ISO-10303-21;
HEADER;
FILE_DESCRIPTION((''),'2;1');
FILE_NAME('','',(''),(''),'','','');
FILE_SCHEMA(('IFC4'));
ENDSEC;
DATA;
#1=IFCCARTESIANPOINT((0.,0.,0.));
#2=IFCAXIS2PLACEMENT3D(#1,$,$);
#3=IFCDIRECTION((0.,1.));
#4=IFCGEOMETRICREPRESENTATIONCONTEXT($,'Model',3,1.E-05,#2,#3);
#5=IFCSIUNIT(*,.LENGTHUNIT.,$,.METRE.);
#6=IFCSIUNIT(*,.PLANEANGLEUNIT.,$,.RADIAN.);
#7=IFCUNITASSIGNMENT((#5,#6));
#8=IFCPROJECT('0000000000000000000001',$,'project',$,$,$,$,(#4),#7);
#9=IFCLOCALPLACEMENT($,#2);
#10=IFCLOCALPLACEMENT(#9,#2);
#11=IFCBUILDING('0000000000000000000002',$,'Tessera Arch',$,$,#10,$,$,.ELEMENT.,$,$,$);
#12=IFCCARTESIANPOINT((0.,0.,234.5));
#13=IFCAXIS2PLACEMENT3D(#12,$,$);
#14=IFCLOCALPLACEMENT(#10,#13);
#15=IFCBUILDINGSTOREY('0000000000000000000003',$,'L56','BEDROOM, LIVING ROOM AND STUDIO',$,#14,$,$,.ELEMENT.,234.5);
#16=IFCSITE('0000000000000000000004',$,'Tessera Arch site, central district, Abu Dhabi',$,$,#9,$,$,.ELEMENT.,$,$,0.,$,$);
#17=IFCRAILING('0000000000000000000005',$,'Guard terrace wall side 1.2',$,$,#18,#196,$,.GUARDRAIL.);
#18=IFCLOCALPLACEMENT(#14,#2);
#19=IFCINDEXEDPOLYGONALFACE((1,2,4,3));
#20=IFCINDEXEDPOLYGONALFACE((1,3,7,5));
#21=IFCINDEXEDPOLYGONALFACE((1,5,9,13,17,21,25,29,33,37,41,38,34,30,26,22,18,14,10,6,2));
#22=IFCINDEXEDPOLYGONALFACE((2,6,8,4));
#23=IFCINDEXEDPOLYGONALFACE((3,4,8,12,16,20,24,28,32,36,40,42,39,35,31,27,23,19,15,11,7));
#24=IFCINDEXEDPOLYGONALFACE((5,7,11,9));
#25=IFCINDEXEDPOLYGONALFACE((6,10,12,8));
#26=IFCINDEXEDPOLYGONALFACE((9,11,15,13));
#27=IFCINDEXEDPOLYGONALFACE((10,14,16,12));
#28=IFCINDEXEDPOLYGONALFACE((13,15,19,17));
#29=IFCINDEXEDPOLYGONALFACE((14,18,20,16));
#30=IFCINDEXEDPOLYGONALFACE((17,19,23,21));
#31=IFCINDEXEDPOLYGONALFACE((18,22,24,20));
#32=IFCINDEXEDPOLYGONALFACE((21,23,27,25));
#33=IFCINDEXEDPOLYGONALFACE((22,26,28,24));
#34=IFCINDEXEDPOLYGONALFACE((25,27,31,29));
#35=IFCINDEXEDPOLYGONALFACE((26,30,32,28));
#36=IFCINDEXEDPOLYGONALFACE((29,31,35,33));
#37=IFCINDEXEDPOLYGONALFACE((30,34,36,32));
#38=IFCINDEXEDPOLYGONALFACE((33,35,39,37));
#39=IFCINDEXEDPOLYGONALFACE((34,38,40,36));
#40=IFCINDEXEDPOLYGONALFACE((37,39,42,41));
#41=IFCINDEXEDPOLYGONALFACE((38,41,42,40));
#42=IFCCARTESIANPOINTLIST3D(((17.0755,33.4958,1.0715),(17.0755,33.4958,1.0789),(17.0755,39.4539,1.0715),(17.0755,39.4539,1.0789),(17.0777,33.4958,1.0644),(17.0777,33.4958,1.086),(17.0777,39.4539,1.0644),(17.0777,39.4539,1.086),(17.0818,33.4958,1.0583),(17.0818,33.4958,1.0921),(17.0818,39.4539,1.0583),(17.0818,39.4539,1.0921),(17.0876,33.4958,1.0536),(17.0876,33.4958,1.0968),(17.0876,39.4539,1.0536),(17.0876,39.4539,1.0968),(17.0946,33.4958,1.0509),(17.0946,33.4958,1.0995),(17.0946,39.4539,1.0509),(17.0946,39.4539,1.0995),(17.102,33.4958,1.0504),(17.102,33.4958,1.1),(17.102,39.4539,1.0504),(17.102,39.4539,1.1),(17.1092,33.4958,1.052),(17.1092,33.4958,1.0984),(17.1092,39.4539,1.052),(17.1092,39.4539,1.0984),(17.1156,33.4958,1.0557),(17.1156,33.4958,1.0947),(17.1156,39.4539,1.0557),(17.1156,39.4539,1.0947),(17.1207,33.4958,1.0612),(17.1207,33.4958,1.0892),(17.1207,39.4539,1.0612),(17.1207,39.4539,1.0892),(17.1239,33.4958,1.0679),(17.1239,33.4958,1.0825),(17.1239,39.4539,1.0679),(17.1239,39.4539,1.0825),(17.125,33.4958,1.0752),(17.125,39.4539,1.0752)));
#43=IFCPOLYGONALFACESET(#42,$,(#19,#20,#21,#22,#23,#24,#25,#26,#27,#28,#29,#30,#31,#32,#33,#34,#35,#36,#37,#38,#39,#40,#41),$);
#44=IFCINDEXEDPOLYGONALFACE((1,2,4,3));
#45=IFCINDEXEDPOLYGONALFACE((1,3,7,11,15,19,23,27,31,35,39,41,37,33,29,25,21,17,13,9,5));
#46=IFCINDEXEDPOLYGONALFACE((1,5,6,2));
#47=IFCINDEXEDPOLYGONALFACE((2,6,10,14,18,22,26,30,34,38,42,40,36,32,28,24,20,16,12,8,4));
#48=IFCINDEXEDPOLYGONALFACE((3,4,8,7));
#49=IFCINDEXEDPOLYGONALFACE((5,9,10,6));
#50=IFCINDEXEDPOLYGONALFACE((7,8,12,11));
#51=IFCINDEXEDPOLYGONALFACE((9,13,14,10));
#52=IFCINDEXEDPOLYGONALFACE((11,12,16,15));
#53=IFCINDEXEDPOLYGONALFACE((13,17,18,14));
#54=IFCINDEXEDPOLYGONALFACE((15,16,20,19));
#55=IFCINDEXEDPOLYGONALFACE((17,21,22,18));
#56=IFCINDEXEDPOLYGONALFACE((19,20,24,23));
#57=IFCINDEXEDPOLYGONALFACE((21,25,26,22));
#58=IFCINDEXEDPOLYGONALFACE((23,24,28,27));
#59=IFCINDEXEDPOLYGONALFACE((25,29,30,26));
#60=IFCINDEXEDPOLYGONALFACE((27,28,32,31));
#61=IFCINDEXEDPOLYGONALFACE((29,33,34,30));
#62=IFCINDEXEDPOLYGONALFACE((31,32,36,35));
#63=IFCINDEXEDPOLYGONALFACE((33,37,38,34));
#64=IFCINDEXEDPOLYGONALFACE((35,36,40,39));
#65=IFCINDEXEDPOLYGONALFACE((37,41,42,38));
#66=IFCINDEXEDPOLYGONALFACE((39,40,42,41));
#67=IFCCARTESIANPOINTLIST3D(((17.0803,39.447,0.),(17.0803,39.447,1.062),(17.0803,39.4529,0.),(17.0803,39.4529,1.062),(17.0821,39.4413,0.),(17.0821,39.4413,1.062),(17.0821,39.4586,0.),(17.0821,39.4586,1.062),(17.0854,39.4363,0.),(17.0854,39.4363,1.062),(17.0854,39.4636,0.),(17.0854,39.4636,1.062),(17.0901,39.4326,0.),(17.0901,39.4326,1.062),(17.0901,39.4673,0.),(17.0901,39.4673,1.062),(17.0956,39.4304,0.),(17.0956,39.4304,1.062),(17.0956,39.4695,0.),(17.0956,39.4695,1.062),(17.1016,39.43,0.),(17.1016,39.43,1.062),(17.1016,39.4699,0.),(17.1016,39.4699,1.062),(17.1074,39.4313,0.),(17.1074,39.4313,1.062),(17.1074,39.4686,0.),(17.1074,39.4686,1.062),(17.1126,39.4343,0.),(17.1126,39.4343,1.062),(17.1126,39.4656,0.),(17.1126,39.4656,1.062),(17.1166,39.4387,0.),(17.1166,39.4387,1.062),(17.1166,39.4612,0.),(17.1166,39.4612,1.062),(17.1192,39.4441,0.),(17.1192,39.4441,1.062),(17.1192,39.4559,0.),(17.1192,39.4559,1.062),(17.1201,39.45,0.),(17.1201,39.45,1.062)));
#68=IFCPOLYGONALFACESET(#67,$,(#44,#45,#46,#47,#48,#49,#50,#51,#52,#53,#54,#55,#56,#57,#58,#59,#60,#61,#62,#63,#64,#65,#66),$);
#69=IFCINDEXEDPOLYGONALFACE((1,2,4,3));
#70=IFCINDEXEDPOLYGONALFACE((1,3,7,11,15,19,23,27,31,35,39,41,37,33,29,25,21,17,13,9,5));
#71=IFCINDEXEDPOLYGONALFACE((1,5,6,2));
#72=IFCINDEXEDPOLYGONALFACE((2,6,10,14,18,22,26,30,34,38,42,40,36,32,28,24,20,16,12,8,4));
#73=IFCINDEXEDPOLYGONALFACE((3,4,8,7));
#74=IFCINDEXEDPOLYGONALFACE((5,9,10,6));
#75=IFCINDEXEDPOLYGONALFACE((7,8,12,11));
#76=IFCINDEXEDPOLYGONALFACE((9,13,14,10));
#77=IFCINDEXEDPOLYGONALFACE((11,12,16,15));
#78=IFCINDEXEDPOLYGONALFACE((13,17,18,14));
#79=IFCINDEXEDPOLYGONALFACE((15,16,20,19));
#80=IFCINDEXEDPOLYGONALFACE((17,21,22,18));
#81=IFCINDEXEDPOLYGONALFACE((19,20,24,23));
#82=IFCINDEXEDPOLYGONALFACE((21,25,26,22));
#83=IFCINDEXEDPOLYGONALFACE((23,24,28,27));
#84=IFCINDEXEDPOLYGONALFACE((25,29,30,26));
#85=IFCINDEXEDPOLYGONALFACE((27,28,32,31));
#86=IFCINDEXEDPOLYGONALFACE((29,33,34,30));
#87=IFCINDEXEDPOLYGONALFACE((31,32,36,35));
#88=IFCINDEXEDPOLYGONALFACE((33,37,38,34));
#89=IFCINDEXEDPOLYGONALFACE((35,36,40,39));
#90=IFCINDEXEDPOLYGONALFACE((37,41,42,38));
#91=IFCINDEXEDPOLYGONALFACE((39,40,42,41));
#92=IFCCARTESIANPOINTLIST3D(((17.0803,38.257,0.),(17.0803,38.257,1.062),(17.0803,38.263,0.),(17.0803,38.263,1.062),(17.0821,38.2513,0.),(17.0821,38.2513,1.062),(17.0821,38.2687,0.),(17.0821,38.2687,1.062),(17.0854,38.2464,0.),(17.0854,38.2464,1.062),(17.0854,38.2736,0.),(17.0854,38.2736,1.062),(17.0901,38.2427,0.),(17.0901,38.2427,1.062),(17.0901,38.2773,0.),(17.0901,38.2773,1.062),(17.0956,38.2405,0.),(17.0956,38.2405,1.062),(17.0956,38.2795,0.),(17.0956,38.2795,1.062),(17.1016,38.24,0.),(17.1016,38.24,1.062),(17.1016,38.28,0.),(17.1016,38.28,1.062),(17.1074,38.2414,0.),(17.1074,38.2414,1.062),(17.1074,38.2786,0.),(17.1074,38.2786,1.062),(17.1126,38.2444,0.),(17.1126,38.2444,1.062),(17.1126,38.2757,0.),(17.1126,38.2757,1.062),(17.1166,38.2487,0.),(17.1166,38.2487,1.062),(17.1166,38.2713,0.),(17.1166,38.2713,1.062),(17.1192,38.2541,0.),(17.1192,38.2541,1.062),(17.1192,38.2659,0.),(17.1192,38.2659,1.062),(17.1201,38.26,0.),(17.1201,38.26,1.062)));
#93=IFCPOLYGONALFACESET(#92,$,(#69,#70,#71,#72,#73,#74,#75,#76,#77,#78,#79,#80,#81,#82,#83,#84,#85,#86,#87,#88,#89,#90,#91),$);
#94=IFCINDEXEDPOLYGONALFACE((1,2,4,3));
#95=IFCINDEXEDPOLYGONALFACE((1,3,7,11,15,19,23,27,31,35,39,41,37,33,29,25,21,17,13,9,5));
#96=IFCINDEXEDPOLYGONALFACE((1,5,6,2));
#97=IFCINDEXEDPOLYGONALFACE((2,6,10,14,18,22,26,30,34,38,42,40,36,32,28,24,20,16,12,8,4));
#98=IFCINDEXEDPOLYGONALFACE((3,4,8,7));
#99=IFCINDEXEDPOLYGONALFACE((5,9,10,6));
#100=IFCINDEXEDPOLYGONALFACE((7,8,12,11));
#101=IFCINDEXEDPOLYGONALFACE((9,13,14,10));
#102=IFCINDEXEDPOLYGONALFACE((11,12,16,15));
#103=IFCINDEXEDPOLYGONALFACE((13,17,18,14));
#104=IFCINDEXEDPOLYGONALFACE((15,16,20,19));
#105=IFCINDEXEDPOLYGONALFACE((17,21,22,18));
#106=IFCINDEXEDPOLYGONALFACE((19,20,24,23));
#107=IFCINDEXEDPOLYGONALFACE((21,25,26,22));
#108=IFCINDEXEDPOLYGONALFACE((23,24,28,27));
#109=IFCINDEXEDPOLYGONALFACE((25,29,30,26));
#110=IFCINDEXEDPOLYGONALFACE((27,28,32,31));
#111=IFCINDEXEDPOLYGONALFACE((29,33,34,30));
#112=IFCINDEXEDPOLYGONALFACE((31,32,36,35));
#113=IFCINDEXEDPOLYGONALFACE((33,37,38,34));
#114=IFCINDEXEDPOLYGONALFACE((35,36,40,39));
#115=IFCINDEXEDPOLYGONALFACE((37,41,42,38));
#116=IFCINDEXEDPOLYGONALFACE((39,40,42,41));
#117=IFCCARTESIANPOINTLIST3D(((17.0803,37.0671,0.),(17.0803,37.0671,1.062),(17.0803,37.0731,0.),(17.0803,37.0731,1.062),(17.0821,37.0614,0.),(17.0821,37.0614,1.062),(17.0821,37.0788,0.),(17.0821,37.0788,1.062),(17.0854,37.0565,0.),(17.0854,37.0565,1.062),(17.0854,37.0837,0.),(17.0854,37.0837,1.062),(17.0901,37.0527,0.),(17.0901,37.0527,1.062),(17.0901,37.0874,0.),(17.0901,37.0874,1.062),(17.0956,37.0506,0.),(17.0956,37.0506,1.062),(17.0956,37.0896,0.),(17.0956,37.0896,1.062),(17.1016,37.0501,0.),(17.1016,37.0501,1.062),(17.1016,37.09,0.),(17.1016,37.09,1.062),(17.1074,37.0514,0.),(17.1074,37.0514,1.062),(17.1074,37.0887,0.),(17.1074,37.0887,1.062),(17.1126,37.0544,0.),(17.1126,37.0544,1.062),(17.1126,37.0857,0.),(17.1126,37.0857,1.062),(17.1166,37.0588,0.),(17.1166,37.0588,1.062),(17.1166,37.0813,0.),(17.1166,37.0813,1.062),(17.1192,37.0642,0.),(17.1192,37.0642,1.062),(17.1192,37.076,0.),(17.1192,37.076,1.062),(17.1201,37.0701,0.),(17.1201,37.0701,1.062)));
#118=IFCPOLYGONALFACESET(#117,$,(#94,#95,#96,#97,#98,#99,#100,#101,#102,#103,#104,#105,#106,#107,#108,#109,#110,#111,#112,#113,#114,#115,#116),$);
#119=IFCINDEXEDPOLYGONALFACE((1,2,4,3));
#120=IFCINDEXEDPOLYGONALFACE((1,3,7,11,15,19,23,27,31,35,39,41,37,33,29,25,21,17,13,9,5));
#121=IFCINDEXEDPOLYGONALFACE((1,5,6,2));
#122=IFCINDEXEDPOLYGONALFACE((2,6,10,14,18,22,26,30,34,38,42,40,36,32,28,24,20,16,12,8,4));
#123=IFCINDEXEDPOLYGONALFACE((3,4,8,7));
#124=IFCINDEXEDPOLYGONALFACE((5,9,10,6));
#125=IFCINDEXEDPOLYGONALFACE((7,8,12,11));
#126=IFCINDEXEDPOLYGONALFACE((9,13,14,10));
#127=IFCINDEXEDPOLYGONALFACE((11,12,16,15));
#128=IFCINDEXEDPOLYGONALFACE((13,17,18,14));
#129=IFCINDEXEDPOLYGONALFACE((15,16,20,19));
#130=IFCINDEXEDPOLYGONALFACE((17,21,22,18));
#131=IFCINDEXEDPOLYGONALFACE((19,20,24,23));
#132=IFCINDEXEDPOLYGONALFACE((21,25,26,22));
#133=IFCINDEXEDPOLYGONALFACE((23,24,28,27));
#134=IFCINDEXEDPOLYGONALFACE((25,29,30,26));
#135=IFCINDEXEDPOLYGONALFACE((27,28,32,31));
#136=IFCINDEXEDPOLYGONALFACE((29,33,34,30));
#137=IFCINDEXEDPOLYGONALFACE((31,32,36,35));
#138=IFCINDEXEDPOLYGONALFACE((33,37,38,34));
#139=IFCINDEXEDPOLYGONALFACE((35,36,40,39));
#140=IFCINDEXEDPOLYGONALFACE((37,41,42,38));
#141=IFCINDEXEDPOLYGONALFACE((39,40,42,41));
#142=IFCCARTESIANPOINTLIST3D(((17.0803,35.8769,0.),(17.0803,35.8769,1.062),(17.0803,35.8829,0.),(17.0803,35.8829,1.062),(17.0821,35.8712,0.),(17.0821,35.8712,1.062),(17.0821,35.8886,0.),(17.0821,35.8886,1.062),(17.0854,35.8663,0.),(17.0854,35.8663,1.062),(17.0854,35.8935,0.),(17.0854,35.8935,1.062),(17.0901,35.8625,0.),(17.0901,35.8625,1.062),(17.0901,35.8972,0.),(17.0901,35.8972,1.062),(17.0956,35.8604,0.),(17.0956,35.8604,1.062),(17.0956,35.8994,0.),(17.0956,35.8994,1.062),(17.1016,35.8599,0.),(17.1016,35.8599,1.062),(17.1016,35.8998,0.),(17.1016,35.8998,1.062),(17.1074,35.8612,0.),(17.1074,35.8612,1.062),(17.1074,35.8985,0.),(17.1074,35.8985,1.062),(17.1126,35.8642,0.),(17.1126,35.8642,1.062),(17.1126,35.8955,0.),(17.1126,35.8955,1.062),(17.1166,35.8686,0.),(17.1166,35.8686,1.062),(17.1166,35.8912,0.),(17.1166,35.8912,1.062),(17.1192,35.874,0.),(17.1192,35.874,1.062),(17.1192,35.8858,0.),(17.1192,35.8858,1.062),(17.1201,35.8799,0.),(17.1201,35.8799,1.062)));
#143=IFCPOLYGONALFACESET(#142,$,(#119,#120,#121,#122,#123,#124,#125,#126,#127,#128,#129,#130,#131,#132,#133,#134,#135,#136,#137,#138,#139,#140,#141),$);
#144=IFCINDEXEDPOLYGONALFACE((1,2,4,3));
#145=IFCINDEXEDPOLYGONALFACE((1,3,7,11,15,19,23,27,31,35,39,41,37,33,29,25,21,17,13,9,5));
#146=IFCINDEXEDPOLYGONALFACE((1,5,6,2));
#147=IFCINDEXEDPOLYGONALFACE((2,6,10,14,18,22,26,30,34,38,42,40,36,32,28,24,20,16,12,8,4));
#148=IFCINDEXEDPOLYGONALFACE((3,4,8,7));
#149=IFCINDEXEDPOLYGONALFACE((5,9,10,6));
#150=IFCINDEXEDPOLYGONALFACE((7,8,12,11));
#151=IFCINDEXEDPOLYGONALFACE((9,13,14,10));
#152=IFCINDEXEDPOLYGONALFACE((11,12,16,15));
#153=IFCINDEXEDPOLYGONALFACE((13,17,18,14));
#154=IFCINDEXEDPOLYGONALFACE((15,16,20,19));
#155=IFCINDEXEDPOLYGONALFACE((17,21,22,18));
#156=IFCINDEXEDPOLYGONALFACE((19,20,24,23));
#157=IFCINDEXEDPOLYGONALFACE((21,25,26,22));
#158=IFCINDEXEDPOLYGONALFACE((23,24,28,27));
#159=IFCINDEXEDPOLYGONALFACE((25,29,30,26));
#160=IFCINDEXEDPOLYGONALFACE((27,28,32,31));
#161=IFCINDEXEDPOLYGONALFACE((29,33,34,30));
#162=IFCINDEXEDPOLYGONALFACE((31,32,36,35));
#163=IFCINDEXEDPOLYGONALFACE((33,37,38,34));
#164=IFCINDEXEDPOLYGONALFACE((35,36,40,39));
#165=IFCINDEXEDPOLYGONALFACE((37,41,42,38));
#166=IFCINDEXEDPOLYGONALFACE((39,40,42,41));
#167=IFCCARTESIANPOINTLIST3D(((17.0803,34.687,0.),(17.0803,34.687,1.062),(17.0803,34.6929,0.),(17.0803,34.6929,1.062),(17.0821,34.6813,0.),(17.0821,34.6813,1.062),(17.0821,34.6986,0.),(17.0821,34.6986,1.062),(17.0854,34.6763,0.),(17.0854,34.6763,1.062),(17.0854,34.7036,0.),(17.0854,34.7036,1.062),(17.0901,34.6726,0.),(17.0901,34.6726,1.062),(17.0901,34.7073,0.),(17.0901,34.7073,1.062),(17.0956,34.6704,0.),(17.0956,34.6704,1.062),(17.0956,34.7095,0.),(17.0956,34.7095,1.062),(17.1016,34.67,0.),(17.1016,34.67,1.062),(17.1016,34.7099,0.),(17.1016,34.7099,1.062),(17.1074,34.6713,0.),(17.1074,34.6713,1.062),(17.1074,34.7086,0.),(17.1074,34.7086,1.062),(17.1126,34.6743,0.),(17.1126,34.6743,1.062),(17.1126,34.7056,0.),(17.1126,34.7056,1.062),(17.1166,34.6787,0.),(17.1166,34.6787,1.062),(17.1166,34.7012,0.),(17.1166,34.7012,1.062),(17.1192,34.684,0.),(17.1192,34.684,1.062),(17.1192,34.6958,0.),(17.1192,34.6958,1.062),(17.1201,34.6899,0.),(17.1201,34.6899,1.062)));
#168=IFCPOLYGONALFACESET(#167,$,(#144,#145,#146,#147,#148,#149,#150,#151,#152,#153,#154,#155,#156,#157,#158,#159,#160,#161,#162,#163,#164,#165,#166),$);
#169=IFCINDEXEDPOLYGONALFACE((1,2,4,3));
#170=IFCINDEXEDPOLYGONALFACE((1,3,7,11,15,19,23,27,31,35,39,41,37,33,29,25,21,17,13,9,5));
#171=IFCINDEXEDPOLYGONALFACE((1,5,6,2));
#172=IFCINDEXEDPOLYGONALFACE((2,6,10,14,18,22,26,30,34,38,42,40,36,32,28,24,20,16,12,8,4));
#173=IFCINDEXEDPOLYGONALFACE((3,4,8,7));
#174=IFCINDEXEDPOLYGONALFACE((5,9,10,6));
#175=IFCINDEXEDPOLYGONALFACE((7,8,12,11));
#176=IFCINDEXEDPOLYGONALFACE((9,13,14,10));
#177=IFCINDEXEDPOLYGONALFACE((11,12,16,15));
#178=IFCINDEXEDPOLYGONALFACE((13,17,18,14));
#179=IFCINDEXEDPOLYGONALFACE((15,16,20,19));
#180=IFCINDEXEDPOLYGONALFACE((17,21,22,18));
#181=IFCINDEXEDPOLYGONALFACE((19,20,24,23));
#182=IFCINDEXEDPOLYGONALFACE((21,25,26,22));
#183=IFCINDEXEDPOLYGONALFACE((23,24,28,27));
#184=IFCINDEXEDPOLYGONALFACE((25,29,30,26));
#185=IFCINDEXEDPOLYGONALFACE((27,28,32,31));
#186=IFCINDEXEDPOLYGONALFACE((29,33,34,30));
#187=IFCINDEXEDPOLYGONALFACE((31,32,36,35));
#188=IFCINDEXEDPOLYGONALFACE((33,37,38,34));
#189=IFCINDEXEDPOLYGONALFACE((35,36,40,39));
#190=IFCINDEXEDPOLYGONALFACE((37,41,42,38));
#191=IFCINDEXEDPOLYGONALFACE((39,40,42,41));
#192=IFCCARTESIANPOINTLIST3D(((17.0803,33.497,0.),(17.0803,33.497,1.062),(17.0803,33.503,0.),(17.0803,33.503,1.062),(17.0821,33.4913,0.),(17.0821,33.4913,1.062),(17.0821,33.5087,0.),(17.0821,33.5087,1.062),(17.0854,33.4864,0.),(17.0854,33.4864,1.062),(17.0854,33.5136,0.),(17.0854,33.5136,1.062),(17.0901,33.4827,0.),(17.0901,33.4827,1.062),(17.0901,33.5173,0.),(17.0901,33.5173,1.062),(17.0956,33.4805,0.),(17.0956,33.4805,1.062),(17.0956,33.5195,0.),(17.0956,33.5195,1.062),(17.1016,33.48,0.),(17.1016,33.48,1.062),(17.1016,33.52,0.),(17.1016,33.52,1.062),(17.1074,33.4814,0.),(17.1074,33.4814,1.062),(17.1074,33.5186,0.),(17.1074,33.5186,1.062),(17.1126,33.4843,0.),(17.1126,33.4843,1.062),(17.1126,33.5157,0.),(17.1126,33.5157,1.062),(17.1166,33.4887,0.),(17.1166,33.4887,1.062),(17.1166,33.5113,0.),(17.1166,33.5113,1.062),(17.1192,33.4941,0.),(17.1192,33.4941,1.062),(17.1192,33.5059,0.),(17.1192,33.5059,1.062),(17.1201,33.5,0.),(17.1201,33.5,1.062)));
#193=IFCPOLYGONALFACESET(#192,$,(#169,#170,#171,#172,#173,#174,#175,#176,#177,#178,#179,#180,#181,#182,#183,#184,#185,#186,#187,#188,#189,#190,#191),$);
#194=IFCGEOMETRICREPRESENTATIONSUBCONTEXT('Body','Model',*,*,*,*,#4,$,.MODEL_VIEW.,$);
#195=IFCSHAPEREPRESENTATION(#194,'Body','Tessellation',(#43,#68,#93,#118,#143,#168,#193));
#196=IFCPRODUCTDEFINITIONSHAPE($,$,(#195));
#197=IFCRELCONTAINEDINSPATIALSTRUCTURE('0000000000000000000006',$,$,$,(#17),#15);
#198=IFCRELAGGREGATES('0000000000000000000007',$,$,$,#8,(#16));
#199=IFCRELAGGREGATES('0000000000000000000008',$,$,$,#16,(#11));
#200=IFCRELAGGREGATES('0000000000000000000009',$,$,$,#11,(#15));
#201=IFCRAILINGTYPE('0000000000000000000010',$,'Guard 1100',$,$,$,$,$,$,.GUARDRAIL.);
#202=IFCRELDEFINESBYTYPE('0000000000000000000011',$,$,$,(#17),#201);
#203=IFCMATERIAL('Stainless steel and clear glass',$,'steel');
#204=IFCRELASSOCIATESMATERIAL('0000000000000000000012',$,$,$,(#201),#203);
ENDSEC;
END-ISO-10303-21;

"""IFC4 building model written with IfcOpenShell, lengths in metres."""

from ifc_helpers import new_model, si_unit, direction, frame, origin, origin_2d, place, context, subcontext, project, spatial, circle, extrude, material, type_object, element, save


model = new_model("IFC4")

# Units and contexts
model_context = context("Model", 3, precision=1e-05, world=origin(), true_north=direction((0.0, 1.0)))
body_context = subcontext(model_context, "Body", "Model", "MODEL_VIEW")
ifc_project = project(units=[si_unit("LENGTHUNIT", "METRE"), si_unit("PLANEANGLEUNIT", "RADIAN")], contexts=[model_context])

# Site, building, storey
site_placement = place(None, origin())
site = spatial("IfcSite", under=ifc_project, at=site_placement, Name="Tessera Arch site, central district, Abu Dhabi", CompositionType="ELEMENT", RefElevation=0.0)
building_placement = place(site_placement, origin())
building = spatial("IfcBuilding", under=site, at=building_placement, Name="Tessera Arch", CompositionType="ELEMENT")
storey_placement = place(building_placement, frame((0.0, 0.0, 234.5)))
storey = spatial("IfcBuildingStorey", under=building, at=storey_placement, Name="L56", Description="BEDROOM, LIVING ROOM AND STUDIO", CompositionType="ELEMENT", Elevation=234.5)

# Railing
ifc_material_1 = material(Name="Stainless steel and clear glass", Category="steel")
railing_type = type_object("IfcRailingType", Name="Guard 1100", PredefinedType="GUARDRAIL", material=ifc_material_1)
for number, where, name in (
    (1, (17.1001, 39.45, 0.0), "Guard terrace wall side 1.2"),
):
    element("IfcRailing", number, at=place(storey_placement, frame(where)), inside=storey, type_object=railing_type, Name=name, PredefinedType="GUARDRAIL", context=body_context, shape_type="SweptSolid", body=[
        extrude(circle(Radius=0.0249, at=origin_2d()), frame((0.0, 0.0039, 1.0752), z_axis=(0.0, -1.0, 0.0), x_axis=(1.0, 0.0, 0.0)), (0.0, 0.0, 1.0), 5.958),
        extrude(circle(Radius=0.02, at=origin_2d()), origin(), (0.0, 0.0, 1.0), 1.062),
        extrude(circle(Radius=0.02, at=origin_2d()), frame((0.0, -1.1899, 0.0)), (0.0, 0.0, 1.0), 1.062),
        extrude(circle(Radius=0.02, at=origin_2d()), frame((0.0, -2.3799, 0.0)), (0.0, 0.0, 1.0), 1.062),
        extrude(circle(Radius=0.02, at=origin_2d()), frame((0.0, -3.5701, 0.0)), (0.0, 0.0, 1.0), 1.062),
        extrude(circle(Radius=0.02, at=origin_2d()), frame((0.0, -4.76, 0.0)), (0.0, 0.0, 1.0), 1.062),
        extrude(circle(Radius=0.02, at=origin_2d()), frame((0.0, -5.95, 0.0)), (0.0, 0.0, 1.0), 1.062),
    ])

save(model, "model.ifc")
